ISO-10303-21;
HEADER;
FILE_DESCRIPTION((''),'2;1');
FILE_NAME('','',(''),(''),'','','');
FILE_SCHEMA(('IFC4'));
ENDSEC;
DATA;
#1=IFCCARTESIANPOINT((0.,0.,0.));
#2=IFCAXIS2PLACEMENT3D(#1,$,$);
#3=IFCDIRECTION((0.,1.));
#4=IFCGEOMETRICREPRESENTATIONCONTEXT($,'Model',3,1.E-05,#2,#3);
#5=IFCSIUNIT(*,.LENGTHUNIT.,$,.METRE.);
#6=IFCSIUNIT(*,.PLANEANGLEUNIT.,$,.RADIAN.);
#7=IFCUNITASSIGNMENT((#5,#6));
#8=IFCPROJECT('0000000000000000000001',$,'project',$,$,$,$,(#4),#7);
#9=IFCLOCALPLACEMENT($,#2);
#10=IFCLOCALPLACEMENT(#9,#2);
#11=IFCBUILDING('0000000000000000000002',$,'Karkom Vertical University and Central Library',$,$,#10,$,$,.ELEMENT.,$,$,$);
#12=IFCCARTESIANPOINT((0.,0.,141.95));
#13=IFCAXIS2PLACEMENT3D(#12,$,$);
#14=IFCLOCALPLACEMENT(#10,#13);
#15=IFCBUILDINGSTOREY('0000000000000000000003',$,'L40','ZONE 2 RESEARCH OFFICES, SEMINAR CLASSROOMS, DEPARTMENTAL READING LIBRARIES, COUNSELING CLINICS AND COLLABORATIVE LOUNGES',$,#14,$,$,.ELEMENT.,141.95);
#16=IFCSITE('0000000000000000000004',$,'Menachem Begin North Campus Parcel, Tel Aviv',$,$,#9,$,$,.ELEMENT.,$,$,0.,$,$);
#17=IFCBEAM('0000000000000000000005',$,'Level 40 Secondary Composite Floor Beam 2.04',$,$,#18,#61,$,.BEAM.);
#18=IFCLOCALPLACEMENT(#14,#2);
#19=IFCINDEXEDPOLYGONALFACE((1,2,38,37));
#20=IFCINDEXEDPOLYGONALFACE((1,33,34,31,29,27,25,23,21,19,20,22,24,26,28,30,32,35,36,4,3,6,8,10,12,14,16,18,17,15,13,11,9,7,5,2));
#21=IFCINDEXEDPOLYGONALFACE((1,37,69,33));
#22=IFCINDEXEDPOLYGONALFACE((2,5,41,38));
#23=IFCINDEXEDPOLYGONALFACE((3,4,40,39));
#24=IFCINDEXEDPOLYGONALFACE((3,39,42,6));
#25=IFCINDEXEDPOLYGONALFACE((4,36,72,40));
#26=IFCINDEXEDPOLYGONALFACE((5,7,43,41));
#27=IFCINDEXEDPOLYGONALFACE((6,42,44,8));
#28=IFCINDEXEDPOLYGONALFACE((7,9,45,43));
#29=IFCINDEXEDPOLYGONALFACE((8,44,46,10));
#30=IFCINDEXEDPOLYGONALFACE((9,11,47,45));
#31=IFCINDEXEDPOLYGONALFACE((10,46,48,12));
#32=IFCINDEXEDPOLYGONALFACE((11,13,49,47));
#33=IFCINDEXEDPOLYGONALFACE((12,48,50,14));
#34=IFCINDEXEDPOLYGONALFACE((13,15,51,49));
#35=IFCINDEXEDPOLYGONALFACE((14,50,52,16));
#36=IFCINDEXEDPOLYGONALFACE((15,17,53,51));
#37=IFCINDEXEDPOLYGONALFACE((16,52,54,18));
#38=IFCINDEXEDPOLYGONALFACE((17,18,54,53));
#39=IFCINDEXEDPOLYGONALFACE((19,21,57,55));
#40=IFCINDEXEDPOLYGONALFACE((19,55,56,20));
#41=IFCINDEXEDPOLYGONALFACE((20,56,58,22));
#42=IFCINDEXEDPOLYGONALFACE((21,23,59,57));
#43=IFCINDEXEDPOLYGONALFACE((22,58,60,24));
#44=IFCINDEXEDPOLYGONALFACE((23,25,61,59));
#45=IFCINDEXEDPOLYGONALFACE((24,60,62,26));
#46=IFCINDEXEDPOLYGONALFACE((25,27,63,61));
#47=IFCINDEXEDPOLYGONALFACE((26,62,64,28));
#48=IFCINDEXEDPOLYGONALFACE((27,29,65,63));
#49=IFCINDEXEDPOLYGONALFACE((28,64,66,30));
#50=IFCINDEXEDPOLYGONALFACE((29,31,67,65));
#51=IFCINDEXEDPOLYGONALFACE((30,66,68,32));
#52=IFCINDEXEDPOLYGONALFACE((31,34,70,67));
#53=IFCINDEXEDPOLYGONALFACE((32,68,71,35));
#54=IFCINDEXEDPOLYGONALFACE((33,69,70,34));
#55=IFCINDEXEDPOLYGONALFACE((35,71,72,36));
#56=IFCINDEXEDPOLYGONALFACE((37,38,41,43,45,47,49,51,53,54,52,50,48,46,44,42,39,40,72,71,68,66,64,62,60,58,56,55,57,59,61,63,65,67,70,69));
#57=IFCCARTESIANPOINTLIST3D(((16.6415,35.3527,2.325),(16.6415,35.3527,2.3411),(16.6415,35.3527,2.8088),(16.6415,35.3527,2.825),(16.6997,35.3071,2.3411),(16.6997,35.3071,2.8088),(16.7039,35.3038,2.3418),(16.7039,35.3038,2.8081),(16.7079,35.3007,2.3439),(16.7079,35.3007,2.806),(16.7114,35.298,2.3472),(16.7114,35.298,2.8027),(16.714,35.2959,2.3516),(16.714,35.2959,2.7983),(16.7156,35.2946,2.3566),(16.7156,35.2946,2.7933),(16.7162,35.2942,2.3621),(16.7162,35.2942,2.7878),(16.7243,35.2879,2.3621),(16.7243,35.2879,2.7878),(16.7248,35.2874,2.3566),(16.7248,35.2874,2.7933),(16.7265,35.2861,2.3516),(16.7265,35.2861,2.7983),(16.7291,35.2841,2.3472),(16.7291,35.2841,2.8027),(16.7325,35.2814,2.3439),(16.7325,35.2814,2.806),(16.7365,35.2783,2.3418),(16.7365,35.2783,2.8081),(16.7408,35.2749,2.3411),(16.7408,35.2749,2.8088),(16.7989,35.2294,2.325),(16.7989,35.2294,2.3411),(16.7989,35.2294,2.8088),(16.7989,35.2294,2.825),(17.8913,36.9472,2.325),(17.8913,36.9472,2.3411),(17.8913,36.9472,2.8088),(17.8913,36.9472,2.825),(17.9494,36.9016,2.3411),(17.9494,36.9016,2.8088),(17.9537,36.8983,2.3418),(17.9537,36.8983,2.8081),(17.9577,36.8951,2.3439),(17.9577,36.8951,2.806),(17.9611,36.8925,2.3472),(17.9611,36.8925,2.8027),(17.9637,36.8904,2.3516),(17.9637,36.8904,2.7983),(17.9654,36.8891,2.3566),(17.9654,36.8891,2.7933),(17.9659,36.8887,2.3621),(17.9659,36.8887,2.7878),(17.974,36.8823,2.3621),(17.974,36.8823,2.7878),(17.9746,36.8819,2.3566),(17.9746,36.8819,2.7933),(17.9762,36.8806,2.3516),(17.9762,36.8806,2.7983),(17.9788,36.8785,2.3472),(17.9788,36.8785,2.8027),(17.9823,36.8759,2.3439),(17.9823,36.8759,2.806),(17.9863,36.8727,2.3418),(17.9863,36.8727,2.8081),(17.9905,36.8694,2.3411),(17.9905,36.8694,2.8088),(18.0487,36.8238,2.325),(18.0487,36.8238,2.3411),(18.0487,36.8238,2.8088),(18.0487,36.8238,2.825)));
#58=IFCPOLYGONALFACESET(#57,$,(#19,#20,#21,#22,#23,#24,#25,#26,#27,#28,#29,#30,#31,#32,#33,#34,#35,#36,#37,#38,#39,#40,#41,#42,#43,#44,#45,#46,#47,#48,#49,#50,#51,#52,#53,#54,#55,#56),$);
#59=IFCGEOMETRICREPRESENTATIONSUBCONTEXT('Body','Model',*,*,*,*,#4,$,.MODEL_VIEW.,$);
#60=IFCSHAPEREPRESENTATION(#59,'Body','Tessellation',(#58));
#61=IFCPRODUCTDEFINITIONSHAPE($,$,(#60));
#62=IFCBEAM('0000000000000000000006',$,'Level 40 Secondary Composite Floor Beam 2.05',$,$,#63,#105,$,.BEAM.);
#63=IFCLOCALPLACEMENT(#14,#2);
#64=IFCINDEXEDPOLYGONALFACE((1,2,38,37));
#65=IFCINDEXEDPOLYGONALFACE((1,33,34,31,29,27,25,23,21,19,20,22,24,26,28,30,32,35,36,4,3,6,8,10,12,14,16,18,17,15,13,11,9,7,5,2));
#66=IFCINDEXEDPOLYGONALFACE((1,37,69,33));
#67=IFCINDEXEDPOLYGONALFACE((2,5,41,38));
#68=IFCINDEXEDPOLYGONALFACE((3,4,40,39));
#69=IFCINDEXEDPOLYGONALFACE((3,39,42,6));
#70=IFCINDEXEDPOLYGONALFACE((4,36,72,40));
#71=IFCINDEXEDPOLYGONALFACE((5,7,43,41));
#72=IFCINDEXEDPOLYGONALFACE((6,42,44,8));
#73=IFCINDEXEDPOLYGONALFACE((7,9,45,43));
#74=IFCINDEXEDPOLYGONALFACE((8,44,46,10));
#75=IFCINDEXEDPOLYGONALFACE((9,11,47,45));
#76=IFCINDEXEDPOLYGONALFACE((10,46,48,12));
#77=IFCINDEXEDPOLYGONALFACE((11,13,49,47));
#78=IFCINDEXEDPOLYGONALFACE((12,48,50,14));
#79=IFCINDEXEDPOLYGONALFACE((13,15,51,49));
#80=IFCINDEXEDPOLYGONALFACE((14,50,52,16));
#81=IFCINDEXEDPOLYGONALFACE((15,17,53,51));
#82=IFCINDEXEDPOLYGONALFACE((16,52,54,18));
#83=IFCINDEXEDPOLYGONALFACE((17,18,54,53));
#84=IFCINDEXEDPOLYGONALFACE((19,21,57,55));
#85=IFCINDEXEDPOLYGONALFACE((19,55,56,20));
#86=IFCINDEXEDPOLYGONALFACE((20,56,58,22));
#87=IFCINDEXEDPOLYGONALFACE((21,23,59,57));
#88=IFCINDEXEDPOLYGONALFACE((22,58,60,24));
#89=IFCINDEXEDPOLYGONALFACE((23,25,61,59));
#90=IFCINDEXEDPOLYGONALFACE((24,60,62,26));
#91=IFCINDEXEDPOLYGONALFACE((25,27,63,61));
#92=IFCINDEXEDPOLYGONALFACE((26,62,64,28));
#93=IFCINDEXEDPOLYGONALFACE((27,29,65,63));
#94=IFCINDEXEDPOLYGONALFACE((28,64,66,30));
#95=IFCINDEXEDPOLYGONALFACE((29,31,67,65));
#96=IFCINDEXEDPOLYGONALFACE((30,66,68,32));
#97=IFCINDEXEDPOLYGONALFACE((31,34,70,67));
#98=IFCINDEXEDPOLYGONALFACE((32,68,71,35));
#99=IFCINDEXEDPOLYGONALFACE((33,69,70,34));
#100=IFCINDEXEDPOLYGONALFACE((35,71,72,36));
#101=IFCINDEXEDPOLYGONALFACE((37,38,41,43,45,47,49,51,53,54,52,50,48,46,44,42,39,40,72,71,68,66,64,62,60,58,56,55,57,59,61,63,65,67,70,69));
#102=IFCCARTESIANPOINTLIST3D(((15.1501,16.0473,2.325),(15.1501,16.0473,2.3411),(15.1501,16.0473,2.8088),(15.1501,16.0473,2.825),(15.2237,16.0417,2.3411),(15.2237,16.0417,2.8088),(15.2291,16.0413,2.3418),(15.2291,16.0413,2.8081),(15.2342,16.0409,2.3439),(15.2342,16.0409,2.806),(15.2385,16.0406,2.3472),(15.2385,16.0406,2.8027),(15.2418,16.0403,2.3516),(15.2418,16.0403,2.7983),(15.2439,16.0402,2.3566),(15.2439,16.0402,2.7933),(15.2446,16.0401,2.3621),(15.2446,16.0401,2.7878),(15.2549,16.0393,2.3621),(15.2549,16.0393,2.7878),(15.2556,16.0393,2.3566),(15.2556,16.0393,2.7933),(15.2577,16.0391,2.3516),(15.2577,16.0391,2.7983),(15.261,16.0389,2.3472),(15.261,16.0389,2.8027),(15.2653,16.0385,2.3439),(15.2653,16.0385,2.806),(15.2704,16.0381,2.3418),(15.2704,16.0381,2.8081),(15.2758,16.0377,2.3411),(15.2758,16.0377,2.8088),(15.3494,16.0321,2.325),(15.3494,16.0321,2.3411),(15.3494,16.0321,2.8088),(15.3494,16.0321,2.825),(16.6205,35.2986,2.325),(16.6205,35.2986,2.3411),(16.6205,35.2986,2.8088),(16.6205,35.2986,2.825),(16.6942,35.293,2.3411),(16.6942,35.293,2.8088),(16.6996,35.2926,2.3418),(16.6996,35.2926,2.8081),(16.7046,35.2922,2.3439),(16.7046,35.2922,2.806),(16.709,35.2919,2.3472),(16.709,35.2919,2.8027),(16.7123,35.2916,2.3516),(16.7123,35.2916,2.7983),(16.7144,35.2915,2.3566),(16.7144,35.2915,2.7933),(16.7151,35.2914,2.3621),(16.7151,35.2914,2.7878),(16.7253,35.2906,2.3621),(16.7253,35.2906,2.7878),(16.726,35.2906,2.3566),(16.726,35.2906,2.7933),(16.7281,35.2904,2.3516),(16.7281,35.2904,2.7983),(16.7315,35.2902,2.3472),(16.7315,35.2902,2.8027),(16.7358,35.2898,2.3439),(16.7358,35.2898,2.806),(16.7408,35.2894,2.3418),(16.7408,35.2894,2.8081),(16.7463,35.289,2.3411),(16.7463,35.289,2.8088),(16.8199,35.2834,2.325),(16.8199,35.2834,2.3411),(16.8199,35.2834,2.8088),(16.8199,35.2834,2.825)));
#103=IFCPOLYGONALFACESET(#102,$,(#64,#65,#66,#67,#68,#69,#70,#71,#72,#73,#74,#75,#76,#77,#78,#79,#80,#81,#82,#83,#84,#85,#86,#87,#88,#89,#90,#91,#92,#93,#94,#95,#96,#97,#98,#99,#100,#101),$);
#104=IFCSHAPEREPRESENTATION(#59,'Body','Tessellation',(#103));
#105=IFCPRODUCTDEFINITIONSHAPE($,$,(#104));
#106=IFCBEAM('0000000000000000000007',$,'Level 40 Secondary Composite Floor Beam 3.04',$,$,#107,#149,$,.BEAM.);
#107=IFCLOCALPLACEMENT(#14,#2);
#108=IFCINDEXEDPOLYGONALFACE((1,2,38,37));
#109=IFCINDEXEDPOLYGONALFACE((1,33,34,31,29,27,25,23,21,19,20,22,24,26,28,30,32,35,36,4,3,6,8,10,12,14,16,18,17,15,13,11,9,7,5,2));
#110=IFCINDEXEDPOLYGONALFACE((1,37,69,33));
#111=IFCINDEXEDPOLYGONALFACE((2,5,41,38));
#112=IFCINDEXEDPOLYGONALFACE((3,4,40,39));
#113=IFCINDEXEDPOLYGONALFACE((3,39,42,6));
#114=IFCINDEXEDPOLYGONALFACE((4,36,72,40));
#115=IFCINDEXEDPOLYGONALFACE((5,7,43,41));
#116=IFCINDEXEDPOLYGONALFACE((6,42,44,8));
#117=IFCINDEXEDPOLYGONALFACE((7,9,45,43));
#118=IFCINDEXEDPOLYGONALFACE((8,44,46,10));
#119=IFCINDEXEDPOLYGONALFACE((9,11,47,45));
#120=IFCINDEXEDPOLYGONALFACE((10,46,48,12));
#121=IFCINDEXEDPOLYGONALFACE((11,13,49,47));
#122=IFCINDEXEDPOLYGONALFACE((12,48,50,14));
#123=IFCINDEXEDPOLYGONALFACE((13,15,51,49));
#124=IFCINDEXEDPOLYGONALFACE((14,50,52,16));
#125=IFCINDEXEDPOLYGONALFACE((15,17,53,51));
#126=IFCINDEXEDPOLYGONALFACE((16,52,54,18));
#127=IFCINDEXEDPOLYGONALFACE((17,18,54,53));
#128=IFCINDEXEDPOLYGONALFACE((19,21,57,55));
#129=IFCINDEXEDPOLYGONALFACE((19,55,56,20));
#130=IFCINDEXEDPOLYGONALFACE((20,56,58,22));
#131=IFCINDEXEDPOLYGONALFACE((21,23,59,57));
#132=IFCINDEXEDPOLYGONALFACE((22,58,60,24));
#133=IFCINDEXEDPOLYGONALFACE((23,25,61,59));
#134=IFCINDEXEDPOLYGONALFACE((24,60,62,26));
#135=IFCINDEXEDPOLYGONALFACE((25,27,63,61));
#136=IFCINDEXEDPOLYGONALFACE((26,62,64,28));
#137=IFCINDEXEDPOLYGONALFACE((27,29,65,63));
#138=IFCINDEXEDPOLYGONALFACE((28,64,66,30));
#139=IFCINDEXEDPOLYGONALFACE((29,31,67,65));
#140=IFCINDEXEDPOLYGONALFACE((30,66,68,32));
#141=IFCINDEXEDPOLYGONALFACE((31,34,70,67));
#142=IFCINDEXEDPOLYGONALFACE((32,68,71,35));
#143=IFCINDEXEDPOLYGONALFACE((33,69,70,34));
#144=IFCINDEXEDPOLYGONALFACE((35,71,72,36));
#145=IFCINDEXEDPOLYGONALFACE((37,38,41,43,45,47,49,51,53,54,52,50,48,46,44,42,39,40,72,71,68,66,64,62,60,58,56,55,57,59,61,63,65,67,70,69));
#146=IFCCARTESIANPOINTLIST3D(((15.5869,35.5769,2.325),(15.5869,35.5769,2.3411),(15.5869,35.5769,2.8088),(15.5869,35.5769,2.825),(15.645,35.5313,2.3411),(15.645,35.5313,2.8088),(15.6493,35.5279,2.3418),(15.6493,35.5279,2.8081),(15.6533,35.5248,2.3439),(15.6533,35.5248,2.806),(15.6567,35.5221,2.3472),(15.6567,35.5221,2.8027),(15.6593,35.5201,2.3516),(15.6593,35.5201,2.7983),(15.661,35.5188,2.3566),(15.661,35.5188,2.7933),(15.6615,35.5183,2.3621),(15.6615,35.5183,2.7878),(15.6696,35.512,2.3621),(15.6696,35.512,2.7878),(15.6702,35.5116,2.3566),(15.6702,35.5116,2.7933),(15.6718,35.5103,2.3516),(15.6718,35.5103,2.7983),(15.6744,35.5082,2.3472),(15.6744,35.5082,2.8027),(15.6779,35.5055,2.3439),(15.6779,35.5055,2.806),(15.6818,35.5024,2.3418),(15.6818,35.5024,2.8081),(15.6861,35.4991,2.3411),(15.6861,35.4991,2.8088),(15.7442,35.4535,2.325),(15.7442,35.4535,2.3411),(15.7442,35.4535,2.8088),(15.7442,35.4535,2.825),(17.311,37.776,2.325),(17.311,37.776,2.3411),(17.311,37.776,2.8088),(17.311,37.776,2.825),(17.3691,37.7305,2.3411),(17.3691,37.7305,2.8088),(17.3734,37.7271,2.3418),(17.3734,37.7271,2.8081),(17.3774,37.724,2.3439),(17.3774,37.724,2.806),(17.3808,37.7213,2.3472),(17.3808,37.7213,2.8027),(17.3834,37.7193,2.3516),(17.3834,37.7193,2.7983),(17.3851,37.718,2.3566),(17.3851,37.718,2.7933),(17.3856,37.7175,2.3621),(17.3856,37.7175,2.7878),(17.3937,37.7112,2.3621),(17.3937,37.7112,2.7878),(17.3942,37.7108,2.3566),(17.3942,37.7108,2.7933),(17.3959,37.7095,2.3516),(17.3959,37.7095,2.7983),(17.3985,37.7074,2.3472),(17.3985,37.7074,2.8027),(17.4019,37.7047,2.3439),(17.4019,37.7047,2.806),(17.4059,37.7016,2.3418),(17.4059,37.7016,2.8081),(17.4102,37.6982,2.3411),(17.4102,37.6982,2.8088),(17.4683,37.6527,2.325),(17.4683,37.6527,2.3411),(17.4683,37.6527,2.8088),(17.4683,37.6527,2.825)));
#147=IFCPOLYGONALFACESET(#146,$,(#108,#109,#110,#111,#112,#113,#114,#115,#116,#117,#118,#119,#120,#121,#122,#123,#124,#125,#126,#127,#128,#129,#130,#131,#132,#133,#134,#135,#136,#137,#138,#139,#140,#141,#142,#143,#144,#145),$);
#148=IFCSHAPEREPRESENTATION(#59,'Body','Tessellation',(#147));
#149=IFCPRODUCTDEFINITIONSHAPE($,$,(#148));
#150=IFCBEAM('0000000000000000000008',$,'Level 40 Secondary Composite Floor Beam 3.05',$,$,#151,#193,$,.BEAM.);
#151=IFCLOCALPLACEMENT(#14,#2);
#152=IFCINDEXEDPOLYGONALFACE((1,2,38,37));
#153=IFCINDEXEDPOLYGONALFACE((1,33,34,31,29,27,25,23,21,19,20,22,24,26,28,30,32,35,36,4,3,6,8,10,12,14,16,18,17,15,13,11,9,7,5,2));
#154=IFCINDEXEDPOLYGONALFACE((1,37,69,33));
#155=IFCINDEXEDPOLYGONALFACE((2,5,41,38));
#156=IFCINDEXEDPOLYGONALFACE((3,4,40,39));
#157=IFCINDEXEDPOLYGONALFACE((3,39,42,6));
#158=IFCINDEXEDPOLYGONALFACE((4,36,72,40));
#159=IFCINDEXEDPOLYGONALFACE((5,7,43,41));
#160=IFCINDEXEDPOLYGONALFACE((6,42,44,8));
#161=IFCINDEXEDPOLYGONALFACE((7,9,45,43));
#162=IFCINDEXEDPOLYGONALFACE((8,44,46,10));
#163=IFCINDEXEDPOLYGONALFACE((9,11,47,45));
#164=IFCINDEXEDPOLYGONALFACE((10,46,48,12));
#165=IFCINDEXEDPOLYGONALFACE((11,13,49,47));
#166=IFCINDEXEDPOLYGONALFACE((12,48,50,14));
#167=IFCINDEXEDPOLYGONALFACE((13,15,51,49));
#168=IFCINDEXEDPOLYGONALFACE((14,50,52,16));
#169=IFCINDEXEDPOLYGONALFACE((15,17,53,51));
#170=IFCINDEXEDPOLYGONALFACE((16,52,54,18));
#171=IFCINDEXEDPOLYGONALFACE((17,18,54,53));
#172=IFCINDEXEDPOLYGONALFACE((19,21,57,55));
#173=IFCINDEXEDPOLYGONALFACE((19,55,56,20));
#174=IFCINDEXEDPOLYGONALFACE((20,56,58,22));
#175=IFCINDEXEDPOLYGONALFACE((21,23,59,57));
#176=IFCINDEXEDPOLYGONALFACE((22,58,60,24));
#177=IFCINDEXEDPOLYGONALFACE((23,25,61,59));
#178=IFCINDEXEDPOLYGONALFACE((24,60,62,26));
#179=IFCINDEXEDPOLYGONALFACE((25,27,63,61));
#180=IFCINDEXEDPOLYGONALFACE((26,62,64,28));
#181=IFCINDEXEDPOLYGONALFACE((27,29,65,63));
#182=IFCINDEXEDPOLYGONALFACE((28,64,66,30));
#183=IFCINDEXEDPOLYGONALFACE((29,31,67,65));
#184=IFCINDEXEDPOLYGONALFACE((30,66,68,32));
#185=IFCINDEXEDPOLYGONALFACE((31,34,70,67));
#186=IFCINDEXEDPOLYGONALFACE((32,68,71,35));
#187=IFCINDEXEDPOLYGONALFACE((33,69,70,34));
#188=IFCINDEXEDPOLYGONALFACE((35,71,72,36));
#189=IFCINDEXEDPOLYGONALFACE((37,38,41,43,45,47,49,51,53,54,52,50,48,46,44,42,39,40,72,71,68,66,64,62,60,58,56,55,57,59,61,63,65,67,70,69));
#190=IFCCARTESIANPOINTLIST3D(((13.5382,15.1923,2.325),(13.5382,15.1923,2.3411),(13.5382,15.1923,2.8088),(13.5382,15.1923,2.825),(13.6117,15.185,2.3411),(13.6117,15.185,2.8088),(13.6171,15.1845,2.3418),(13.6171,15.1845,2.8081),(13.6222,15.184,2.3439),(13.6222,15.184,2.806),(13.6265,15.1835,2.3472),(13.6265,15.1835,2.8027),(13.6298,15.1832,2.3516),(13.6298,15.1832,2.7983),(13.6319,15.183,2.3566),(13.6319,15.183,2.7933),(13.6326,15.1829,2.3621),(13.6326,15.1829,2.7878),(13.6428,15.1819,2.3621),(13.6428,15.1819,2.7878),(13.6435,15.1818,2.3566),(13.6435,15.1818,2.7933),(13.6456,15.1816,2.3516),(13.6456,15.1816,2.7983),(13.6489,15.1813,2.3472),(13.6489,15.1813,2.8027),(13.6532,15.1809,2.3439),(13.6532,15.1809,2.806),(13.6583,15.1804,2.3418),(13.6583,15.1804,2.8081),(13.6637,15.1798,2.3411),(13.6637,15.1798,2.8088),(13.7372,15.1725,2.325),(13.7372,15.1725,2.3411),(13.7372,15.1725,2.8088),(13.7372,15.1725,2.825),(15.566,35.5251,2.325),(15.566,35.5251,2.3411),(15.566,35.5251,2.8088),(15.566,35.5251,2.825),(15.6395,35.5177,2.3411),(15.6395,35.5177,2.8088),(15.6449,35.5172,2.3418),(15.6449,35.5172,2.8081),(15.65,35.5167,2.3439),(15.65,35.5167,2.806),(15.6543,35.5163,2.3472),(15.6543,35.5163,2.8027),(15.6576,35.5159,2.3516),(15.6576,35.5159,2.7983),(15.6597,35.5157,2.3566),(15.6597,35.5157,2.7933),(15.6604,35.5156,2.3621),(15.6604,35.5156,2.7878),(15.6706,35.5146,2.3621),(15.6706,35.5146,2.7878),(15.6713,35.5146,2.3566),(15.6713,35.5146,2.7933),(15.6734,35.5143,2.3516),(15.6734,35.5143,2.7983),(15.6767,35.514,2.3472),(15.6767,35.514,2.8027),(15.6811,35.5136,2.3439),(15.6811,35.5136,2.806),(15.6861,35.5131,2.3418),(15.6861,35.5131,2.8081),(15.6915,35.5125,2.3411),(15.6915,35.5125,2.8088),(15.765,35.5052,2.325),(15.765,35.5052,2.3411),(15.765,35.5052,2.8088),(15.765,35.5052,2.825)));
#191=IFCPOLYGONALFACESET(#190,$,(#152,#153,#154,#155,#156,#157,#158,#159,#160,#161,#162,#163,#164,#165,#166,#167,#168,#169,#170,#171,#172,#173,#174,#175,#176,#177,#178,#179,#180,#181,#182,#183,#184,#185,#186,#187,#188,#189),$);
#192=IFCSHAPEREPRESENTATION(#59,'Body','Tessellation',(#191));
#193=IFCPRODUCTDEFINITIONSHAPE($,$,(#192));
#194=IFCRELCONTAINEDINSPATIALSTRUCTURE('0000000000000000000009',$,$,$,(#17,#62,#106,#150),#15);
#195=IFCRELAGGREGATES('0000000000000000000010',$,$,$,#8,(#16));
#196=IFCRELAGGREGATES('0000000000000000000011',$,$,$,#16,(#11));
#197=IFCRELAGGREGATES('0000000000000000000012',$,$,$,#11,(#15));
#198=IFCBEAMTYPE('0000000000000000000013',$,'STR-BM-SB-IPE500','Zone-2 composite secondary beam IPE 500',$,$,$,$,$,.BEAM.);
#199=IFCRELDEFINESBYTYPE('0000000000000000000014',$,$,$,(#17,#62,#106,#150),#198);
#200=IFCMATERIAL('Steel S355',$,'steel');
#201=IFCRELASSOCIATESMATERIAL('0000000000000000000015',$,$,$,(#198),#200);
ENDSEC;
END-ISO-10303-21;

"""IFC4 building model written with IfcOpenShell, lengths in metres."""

from ifc_helpers import new_model, si_unit, direction, frame, origin, origin_with_axes, origin_2d, place, context, subcontext, project, spatial, i_section, extrude, source, transform, mapped, material, material_profile, profile_set, type_object, element, save


model = new_model("IFC4")

# Units and contexts
model_context = context("Model", 3, precision=1e-05, world=origin(), true_north=direction((0.0, 1.0)))
body_context = subcontext(model_context, "Body", "Model", "MODEL_VIEW")
ifc_project = project(units=[si_unit("LENGTHUNIT", "METRE"), si_unit("PLANEANGLEUNIT", "RADIAN")], contexts=[model_context])

# Site, building, storey
site_placement = place(None, origin())
site = spatial("IfcSite", under=ifc_project, at=site_placement, Name="Menachem Begin North Campus Parcel, Tel Aviv", CompositionType="ELEMENT", RefElevation=0.0)
building_placement = place(site_placement, origin())
building = spatial("IfcBuilding", under=site, at=building_placement, Name="Karkom Vertical University and Central Library", CompositionType="ELEMENT")
storey_placement = place(building_placement, frame((0.0, 0.0, 141.95)))
storey = spatial("IfcBuildingStorey", under=building, at=storey_placement, Name="L40", Description="ZONE 2 RESEARCH OFFICES, SEMINAR CLASSROOMS, DEPARTMENTAL READING LIBRARIES, COUNSELING CLINICS AND COLLABORATIVE LOUNGES", CompositionType="ELEMENT", Elevation=141.95)

# Beams
ifc_material_1 = material(Name="Steel S355", Category="steel")
ifc_material_profile_1 = material_profile(ifc_material_1, i_section(OverallWidth=0.2, OverallDepth=0.5, WebThickness=0.0103, FlangeThickness=0.0161, FilletRadius=0.021, at=origin_2d()), Name="IPE 500")
ifc_profile_set_1 = profile_set([ifc_material_profile_1], Name="Steel S355")
beam_type_1 = type_object("IfcBeamType", Name="STR-BM-SB-IPE500", Description="Zone-2 composite secondary beam IPE 500", PredefinedType="BEAM", material=ifc_profile_set_1)
shared_shape_1 = source(origin_with_axes(), body_context, "Body", "SweptSolid", [
    extrude(i_section(OverallWidth=0.2, OverallDepth=0.5, WebThickness=0.0103, FlangeThickness=0.0161, FilletRadius=0.021, at=origin_2d()), origin(), (0.0, 0.0, 1.0), 2.0259),
])
beam_1_placement = place(storey_placement, frame((17.97, 36.8855, 2.575), z_axis=(-0.61689, -0.78705, 0.0), x_axis=(0.78705, -0.61689, 0.0)))
element("IfcBeam", 1, at=beam_1_placement, inside=storey, type_object=beam_type_1, Name="Level 40 Secondary Composite Floor Beam 2.04", PredefinedType="BEAM", context=body_context, shape_type="MappedRepresentation", body=[
    mapped(shared_shape_1, transform((0.0, 0.0, 0.0), scale=1.0)),
])
shared_shape_2 = source(origin_with_axes(), body_context, "Body", "SweptSolid", [
    extrude(i_section(OverallWidth=0.2, OverallDepth=0.5, WebThickness=0.0103, FlangeThickness=0.0161, FilletRadius=0.021, at=origin_2d()), origin(), (0.0, 0.0, 1.0), 19.3074),
])
beam_2_placement = place(storey_placement, frame((16.7202, 35.291, 2.575), z_axis=(-0.076161, -0.997096, 0.0), x_axis=(0.997096, -0.076161, 0.0)))
element("IfcBeam", 2, at=beam_2_placement, inside=storey, type_object=beam_type_1, Name="Level 40 Secondary Composite Floor Beam 2.05", PredefinedType="BEAM", context=body_context, shape_type="MappedRepresentation", body=[
    mapped(shared_shape_2, transform((0.0, 0.0, 0.0), scale=1.0)),
])
shared_shape_3 = source(origin_with_axes(), body_context, "Body", "SweptSolid", [
    extrude(i_section(OverallWidth=0.2, OverallDepth=0.5, WebThickness=0.0103, FlangeThickness=0.0161, FilletRadius=0.021, at=origin_2d()), origin(), (0.0, 0.0, 1.0), 2.7944),
])
beam_3_placement = place(storey_placement, frame((17.3896, 37.7144, 2.575), z_axis=(-0.616972, -0.786985, 0.0), x_axis=(0.786985, -0.616972, 0.0)))
element("IfcBeam", 3, at=beam_3_placement, inside=storey, type_object=beam_type_1, Name="Level 40 Secondary Composite Floor Beam 3.04", PredefinedType="BEAM", context=body_context, shape_type="MappedRepresentation", body=[
    mapped(shared_shape_3, transform((0.0, 0.0, 0.0), scale=1.0)),
])
shared_shape_4 = source(origin_with_axes(), body_context, "Body", "SweptSolid", [
    extrude(i_section(OverallWidth=0.2, OverallDepth=0.5, WebThickness=0.0103, FlangeThickness=0.0161, FilletRadius=0.021, at=origin_2d()), origin(), (0.0, 0.0, 1.0), 20.4336),
])
beam_4_placement = place(storey_placement, frame((15.6655, 35.5151, 2.575), z_axis=(-0.09924, -0.995064, 0.0), x_axis=(0.995064, -0.09924, 0.0)))
element("IfcBeam", 4, at=beam_4_placement, inside=storey, type_object=beam_type_1, Name="Level 40 Secondary Composite Floor Beam 3.05", PredefinedType="BEAM", context=body_context, shape_type="MappedRepresentation", body=[
    mapped(shared_shape_4, transform((0.0, 0.0, 0.0), scale=1.0)),
])

save(model, "model.ifc")
